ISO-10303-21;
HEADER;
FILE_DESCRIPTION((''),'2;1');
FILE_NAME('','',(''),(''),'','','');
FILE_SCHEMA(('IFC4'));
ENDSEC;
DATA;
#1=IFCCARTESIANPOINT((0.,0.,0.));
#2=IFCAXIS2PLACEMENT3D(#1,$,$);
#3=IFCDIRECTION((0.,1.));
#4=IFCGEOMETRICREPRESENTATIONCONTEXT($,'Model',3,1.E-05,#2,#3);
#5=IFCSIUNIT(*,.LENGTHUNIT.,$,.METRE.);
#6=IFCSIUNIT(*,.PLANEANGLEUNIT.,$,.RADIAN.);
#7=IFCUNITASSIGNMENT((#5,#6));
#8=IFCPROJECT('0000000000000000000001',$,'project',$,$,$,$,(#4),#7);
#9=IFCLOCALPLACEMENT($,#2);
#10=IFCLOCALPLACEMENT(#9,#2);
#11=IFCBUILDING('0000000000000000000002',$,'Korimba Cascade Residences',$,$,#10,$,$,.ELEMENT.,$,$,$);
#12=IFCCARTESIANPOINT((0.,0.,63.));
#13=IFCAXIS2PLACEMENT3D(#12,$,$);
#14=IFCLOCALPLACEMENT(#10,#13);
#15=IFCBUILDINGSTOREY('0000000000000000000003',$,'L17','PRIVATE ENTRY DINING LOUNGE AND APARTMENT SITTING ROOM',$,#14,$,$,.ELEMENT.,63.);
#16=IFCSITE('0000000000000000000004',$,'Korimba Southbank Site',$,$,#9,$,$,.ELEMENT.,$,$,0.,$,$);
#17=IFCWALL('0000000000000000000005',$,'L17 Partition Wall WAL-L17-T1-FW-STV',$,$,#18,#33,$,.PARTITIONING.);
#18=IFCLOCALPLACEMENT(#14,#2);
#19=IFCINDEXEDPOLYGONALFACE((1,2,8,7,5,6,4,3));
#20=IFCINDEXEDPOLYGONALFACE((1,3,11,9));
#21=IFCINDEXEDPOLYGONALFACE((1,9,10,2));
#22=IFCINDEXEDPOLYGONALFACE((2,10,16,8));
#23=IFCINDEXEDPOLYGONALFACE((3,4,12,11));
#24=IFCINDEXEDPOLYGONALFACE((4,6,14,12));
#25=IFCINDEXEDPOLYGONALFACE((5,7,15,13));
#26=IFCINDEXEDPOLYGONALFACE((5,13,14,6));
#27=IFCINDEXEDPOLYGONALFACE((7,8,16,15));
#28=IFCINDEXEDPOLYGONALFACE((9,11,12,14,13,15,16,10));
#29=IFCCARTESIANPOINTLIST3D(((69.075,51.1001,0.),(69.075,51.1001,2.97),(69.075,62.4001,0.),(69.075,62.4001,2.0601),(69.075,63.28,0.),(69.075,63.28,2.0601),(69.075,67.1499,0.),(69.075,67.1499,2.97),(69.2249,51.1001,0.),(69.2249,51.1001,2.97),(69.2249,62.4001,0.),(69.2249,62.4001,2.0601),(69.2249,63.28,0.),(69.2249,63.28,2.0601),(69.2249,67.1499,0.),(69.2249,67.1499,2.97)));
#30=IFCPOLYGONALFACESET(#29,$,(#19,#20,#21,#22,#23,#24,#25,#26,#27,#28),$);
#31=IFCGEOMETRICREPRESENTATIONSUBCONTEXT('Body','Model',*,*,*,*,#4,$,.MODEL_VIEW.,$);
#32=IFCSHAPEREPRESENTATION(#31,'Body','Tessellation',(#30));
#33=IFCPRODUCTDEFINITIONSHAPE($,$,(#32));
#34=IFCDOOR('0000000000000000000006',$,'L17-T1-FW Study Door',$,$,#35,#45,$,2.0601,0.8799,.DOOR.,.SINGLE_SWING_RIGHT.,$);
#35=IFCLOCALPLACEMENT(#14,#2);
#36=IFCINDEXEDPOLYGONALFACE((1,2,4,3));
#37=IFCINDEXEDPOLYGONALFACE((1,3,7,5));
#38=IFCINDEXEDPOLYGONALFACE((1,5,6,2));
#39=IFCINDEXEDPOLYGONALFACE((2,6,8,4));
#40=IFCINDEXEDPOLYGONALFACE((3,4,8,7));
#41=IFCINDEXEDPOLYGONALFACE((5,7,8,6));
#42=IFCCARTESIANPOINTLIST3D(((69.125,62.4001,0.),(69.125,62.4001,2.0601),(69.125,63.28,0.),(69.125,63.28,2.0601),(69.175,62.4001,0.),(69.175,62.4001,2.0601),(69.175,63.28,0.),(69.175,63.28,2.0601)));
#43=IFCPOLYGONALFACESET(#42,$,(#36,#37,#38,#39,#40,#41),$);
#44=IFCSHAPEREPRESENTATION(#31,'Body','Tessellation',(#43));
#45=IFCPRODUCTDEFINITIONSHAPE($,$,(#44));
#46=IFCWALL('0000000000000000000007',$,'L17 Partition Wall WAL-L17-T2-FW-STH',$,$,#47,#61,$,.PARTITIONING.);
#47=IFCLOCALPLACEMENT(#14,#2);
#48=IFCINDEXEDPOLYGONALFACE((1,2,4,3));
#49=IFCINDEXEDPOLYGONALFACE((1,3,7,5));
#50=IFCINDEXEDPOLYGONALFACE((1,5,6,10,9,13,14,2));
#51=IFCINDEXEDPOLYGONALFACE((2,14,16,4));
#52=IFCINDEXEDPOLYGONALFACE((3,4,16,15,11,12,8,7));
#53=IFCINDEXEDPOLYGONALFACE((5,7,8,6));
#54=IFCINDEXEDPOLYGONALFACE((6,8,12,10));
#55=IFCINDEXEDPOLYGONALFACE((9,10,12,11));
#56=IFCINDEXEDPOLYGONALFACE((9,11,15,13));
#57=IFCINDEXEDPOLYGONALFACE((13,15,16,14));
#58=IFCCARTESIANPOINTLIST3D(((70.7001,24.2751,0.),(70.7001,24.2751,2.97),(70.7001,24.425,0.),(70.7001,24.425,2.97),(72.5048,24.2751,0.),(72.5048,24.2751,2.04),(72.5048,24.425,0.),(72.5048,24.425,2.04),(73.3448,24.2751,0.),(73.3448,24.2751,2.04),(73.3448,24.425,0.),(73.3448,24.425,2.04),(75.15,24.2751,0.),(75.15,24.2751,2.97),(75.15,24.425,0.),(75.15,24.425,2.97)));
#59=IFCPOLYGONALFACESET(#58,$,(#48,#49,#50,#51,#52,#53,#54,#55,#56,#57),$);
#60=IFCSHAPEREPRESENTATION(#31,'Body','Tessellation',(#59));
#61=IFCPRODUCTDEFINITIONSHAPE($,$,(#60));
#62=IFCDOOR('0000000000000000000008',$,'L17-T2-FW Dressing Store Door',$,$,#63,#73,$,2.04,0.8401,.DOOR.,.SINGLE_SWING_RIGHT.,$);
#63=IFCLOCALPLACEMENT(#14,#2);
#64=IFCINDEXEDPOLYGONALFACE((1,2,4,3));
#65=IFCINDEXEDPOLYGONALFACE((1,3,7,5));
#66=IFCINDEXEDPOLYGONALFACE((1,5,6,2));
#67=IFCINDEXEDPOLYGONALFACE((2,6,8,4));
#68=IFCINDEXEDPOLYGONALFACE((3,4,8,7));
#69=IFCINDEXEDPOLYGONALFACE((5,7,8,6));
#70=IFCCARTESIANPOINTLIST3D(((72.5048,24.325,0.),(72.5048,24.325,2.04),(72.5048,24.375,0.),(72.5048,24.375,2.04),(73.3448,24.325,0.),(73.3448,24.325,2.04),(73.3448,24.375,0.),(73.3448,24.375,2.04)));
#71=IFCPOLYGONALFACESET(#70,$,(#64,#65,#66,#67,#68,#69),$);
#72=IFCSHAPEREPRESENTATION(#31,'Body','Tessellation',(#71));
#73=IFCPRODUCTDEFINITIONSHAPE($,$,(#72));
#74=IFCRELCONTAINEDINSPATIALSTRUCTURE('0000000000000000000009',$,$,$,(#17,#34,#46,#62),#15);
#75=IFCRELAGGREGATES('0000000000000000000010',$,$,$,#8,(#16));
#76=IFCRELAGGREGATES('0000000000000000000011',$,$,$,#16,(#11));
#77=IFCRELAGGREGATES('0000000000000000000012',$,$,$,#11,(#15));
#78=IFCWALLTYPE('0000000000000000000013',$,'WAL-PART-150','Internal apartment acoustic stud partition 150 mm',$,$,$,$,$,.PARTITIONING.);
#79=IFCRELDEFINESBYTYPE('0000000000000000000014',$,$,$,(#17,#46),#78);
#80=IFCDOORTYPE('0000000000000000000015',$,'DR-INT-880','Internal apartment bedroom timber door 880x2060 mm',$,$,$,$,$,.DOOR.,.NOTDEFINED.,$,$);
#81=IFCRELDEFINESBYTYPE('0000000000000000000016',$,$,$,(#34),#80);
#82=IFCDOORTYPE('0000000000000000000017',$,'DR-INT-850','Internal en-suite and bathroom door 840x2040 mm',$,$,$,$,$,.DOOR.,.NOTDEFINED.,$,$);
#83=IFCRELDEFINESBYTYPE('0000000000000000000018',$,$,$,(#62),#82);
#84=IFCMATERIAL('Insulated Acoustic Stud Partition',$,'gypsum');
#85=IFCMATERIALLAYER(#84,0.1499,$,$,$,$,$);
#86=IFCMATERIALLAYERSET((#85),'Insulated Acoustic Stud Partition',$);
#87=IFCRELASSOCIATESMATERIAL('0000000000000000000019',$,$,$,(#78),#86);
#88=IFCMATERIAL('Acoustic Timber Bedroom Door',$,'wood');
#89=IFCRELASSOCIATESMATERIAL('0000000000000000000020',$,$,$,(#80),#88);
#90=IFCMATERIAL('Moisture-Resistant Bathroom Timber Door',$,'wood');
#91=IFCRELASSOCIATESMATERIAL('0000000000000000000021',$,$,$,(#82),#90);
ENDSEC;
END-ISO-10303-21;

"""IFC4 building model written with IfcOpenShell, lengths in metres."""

from ifc_helpers import new_model, si_unit, direction, frame, frame_2d, origin, place, context, subcontext, project, spatial, rectangle, extrude, material, layer, layer_set, type_object, element, fill, save


model = new_model("IFC4")

# Units and contexts
model_context = context("Model", 3, precision=1e-05, world=origin(), true_north=direction((0.0, 1.0)))
body_context = subcontext(model_context, "Body", "Model", "MODEL_VIEW")
ifc_project = project(units=[si_unit("LENGTHUNIT", "METRE"), si_unit("PLANEANGLEUNIT", "RADIAN")], contexts=[model_context])

# Site, building, storey
site_placement = place(None, origin())
site = spatial("IfcSite", under=ifc_project, at=site_placement, Name="Korimba Southbank Site", CompositionType="ELEMENT", RefElevation=0.0)
building_placement = place(site_placement, origin())
building = spatial("IfcBuilding", under=site, at=building_placement, Name="Korimba Cascade Residences", CompositionType="ELEMENT")
storey_placement = place(building_placement, frame((0.0, 0.0, 63.0)))
storey = spatial("IfcBuildingStorey", under=building, at=storey_placement, Name="L17", Description="PRIVATE ENTRY DINING LOUNGE AND APARTMENT SITTING ROOM", CompositionType="ELEMENT", Elevation=63.0)

# Walls, openings, doors
ifc_material_1 = material(Name="Insulated Acoustic Stud Partition", Category="gypsum")
ifc_layer_1 = layer(ifc_material_1, 0.1499)
ifc_layer_set_1 = layer_set([ifc_layer_1], Name="Insulated Acoustic Stud Partition")
wall_type_1 = type_object("IfcWallType", Name="WAL-PART-150", Description="Internal apartment acoustic stud partition 150 mm", PredefinedType="PARTITIONING", material=ifc_layer_set_1)
wall_1_placement = place(storey_placement, frame((69.1499, 51.1001, 0.0), z_axis=(0.0, 0.0, 1.0), x_axis=(0.0, 1.0, 0.0)))
wall_1 = element("IfcWall", 1, at=wall_1_placement, inside=storey, type_object=wall_type_1, Name="L17 Partition Wall WAL-L17-T1-FW-STV", PredefinedType="PARTITIONING", context=body_context, shape_type="SweptSolid", body=[
    extrude(rectangle(XDim=16.0498, YDim=0.1499, at=frame_2d((8.0249, 0.0))), origin(), (0.0, 0.0, 1.0), 2.97),
])
opening_1_placement = place(wall_1_placement, frame((11.3, 0.0, 0.0)))
opening_1 = element("IfcOpeningElement", 2, at=opening_1_placement, cuts=wall_1, PredefinedType="OPENING", context=body_context, shape_type="SweptSolid", body=[
    extrude(rectangle(XDim=0.8799, YDim=2.0601, at=frame_2d((0.4399, 1.03))), frame((0.0, 0.085, 0.0), z_axis=(0.0, -1.0, 0.0), x_axis=(1.0, 0.0, 0.0)), (0.0, 0.0, 1.0), 0.1699),
])
ifc_material_2 = material(Name="Acoustic Timber Bedroom Door", Category="wood")
door_type_1 = type_object("IfcDoorType", Name="DR-INT-880", Description="Internal apartment bedroom timber door 880x2060 mm", OperationType="NOTDEFINED", PredefinedType="DOOR", material=ifc_material_2)
door_1_placement = place(opening_1_placement, origin())
door_1 = element("IfcDoor", 3, at=door_1_placement, inside=storey, type_object=door_type_1, Name="L17-T1-FW Study Door", OperationType="SINGLE_SWING_RIGHT", OverallHeight=2.0601, OverallWidth=0.8799, PredefinedType="DOOR", context=body_context, shape_type="SweptSolid", body=[
    extrude(rectangle(XDim=0.8799, YDim=2.0601, at=frame_2d((0.4399, 1.03))), frame((0.0, 0.0249, 0.0), z_axis=(0.0, -1.0, 0.0), x_axis=(1.0, 0.0, 0.0)), (0.0, 0.0, 1.0), 0.05),
])
fill(opening_1, door_1)
wall_2_placement = place(storey_placement, frame((70.7, 24.3501, 0.0), z_axis=(0.0, 0.0, 1.0), x_axis=(1.0, 0.0, 0.0)))
wall_2 = element("IfcWall", 4, at=wall_2_placement, inside=storey, type_object=wall_type_1, Name="L17 Partition Wall WAL-L17-T2-FW-STH", PredefinedType="PARTITIONING", context=body_context, shape_type="SweptSolid", body=[
    extrude(rectangle(XDim=4.45, YDim=0.1499, at=frame_2d((2.2251, 0.0))), origin(), (0.0, 0.0, 1.0), 2.97),
])
opening_2_placement = place(wall_2_placement, frame((1.8049, 0.0, 0.0)))
opening_2 = element("IfcOpeningElement", 5, at=opening_2_placement, cuts=wall_2, PredefinedType="OPENING", context=body_context, shape_type="SweptSolid", body=[
    extrude(rectangle(XDim=0.8401, YDim=2.04, at=frame_2d((0.4199, 1.02))), frame((0.0, 0.085, 0.0), z_axis=(0.0, -1.0, 0.0), x_axis=(1.0, 0.0, 0.0)), (0.0, 0.0, 1.0), 0.1699),
])
ifc_material_3 = material(Name="Moisture-Resistant Bathroom Timber Door", Category="wood")
door_type_2 = type_object("IfcDoorType", Name="DR-INT-850", Description="Internal en-suite and bathroom door 840x2040 mm", OperationType="NOTDEFINED", PredefinedType="DOOR", material=ifc_material_3)
door_2_placement = place(opening_2_placement, origin())
door_2 = element("IfcDoor", 6, at=door_2_placement, inside=storey, type_object=door_type_2, Name="L17-T2-FW Dressing Store Door", OperationType="SINGLE_SWING_RIGHT", OverallHeight=2.04, OverallWidth=0.8401, PredefinedType="DOOR", context=body_context, shape_type="SweptSolid", body=[
    extrude(rectangle(XDim=0.8401, YDim=2.04, at=frame_2d((0.4199, 1.02))), frame((0.0, 0.0249, 0.0), z_axis=(0.0, -1.0, 0.0), x_axis=(1.0, 0.0, 0.0)), (0.0, 0.0, 1.0), 0.05),
])
fill(opening_2, door_2)

save(model, "model.ifc")
